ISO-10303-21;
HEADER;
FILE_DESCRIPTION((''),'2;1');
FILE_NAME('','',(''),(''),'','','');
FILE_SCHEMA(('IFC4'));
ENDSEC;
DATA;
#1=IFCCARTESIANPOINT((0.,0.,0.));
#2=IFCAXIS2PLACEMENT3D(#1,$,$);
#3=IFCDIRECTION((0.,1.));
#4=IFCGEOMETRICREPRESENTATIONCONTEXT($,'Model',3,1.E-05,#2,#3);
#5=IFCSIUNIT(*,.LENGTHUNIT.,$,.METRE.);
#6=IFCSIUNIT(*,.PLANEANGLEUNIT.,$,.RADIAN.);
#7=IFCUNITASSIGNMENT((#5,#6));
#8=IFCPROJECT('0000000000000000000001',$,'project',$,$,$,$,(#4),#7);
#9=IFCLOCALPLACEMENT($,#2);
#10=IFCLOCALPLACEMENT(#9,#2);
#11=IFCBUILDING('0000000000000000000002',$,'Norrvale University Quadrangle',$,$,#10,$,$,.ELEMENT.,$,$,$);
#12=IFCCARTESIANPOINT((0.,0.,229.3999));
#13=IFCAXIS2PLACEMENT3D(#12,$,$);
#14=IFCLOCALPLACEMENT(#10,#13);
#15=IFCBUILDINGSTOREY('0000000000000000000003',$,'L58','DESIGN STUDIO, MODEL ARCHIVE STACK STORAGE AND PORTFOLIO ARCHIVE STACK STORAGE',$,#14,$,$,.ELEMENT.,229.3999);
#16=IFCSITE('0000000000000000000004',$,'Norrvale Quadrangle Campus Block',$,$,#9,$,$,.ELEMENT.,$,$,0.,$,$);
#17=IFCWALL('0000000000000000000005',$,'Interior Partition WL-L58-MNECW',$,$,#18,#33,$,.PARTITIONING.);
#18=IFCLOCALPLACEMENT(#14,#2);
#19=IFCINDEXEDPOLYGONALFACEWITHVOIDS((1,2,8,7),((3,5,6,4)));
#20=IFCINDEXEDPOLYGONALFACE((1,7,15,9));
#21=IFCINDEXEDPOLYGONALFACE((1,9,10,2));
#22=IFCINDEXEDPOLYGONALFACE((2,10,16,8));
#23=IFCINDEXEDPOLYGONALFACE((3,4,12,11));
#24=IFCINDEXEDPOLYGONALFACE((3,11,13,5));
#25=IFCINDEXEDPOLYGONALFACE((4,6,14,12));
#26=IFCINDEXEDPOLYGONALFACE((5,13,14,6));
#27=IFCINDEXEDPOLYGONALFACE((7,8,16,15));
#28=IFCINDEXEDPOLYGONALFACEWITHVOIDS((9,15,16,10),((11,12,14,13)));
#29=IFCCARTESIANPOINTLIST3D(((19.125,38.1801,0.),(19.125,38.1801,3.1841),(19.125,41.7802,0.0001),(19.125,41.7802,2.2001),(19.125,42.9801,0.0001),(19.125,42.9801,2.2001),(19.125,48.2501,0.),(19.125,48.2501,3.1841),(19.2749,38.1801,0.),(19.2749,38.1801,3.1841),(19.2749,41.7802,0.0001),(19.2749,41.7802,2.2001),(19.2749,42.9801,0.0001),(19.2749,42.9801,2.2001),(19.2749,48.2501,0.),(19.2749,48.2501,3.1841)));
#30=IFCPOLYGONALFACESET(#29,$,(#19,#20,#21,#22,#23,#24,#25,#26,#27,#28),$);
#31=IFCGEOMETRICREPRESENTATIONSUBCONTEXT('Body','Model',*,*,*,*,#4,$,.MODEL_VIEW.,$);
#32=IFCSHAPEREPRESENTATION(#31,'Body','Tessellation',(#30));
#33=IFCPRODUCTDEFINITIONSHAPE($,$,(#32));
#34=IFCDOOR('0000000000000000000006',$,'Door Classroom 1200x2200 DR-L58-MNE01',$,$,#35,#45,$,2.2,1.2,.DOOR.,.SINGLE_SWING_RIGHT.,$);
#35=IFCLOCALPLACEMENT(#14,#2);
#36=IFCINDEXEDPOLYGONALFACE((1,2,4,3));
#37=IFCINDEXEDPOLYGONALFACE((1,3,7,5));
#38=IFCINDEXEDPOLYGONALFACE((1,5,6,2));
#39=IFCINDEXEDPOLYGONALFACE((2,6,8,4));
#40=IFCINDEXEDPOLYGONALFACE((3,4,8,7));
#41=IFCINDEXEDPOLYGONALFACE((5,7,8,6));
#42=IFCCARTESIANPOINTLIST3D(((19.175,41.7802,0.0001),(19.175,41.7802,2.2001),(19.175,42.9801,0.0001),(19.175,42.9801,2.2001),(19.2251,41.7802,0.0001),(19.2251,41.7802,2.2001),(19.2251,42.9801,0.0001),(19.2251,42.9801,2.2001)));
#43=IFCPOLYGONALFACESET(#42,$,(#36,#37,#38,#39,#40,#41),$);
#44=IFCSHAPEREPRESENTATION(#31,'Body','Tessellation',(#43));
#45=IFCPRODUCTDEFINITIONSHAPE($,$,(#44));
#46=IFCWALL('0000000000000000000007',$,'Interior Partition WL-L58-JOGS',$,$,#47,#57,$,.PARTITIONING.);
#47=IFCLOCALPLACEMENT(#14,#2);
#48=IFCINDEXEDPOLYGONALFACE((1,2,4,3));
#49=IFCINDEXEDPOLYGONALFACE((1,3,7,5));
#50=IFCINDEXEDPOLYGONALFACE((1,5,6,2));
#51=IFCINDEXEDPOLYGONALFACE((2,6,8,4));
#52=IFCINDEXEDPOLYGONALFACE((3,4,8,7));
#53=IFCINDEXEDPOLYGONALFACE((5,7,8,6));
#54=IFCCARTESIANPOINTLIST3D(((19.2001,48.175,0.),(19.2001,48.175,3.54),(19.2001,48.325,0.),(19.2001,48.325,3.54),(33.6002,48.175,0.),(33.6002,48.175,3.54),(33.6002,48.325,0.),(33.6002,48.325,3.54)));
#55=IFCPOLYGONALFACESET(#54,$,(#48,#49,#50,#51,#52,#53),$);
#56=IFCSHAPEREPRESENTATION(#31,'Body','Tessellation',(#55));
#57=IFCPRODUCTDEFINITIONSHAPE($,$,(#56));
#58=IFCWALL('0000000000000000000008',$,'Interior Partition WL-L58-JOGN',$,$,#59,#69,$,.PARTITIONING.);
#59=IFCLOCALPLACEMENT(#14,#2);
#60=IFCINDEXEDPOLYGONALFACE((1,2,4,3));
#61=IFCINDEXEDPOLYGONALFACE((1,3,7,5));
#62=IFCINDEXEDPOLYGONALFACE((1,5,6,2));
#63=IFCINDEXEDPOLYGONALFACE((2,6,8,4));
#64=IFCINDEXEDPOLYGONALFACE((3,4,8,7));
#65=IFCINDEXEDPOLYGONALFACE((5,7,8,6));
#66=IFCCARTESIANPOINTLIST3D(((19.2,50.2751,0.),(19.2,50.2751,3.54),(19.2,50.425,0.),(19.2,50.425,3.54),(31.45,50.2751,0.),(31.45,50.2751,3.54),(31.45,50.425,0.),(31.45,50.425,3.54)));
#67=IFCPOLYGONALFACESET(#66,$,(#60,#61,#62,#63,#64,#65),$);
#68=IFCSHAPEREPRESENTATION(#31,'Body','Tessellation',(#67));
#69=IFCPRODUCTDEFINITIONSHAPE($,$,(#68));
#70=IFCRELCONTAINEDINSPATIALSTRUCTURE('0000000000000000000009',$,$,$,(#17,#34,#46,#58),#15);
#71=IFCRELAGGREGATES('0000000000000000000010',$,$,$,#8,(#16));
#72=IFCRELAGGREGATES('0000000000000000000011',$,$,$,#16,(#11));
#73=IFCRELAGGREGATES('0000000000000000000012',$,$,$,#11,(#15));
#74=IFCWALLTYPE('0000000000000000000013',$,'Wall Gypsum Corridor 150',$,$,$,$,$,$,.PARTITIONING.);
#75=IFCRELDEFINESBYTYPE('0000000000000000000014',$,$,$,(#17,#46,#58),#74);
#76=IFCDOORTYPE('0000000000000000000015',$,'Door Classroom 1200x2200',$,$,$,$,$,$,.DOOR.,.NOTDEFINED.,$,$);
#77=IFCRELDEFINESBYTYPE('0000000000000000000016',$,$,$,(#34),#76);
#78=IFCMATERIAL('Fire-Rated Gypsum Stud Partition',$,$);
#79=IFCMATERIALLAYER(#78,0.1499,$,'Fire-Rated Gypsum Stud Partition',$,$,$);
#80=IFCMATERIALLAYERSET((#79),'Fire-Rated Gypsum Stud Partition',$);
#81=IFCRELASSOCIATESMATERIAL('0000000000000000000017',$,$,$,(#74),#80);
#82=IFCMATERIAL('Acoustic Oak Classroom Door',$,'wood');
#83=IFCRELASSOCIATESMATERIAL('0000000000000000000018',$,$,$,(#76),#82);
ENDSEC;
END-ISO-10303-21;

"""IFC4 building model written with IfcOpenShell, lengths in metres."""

from ifc_helpers import new_model, si_unit, direction, frame, frame_2d, origin, place, context, subcontext, project, spatial, rectangle, extrude, material, layer, layer_set, type_object, element, fill, save


model = new_model("IFC4")

# Units and contexts
model_context = context("Model", 3, precision=1e-05, world=origin(), true_north=direction((0.0, 1.0)))
body_context = subcontext(model_context, "Body", "Model", "MODEL_VIEW")
ifc_project = project(units=[si_unit("LENGTHUNIT", "METRE"), si_unit("PLANEANGLEUNIT", "RADIAN")], contexts=[model_context])

# Site, building, storey
site_placement = place(None, origin())
site = spatial("IfcSite", under=ifc_project, at=site_placement, Name="Norrvale Quadrangle Campus Block", CompositionType="ELEMENT", RefElevation=0.0)
building_placement = place(site_placement, origin())
building = spatial("IfcBuilding", under=site, at=building_placement, Name="Norrvale University Quadrangle", CompositionType="ELEMENT")
storey_placement = place(building_placement, frame((0.0, 0.0, 229.3999)))
storey = spatial("IfcBuildingStorey", under=building, at=storey_placement, Name="L58", Description="DESIGN STUDIO, MODEL ARCHIVE STACK STORAGE AND PORTFOLIO ARCHIVE STACK STORAGE", CompositionType="ELEMENT", Elevation=229.3999)

# Shared definitions
ifc_material_1 = material(Name="Fire-Rated Gypsum Stud Partition")
ifc_layer_1 = layer(ifc_material_1, 0.1499, Name="Fire-Rated Gypsum Stud Partition")
ifc_layer_set_1 = layer_set([ifc_layer_1], Name="Fire-Rated Gypsum Stud Partition")
wall_type_1 = type_object("IfcWallType", Name="Wall Gypsum Corridor 150", PredefinedType="PARTITIONING", material=ifc_layer_set_1)

# Wall, opening, door
wall_1_placement = place(storey_placement, frame((19.2, 38.1799, 0.0), z_axis=(0.0, 0.0, 1.0), x_axis=(0.0, 1.0, 0.0)))
wall_1 = element("IfcWall", 1, at=wall_1_placement, inside=storey, type_object=wall_type_1, Name="Interior Partition WL-L58-MNECW", PredefinedType="PARTITIONING", context=body_context, shape_type="SweptSolid", body=[
    extrude(rectangle(XDim=10.0701, YDim=0.1499, at=frame_2d((5.0352, 0.0))), origin(), (0.0, 0.0, 1.0), 3.1841),
])
opening_placement = place(wall_1_placement, frame((3.6001, 0.0, 0.0)))
opening = element("IfcOpeningElement", 2, at=opening_placement, cuts=wall_1, PredefinedType="OPENING", context=body_context, shape_type="SweptSolid", body=[
    extrude(rectangle(XDim=1.2, YDim=2.2, at=frame_2d((0.6001, 1.1001))), frame((0.0, 0.0869, 0.0), z_axis=(0.0, -1.0, 0.0), x_axis=(1.0, 0.0, 0.0)), (0.0, 0.0, 1.0), 0.1738),
])
ifc_material_2 = material(Name="Acoustic Oak Classroom Door", Category="wood")
door_type = type_object("IfcDoorType", Name="Door Classroom 1200x2200", OperationType="NOTDEFINED", PredefinedType="DOOR", material=ifc_material_2)
door_placement = place(opening_placement, origin())
door = element("IfcDoor", 3, at=door_placement, inside=storey, type_object=door_type, Name="Door Classroom 1200x2200 DR-L58-MNE01", OperationType="SINGLE_SWING_RIGHT", OverallHeight=2.2, OverallWidth=1.2, PredefinedType="DOOR", context=body_context, shape_type="SweptSolid", body=[
    extrude(rectangle(XDim=1.2, YDim=2.2, at=frame_2d((0.6001, 1.1001))), frame((0.0, 0.0249, 0.0), z_axis=(0.0, -1.0, 0.0), x_axis=(1.0, 0.0, 0.0)), (0.0, 0.0, 1.0), 0.05),
])
fill(opening, door)

# Walls
wall_2_placement = place(storey_placement, frame((19.2, 48.25, 0.0), z_axis=(0.0, 0.0, 1.0), x_axis=(1.0, 0.0, 0.0)))
element("IfcWall", 4, at=wall_2_placement, inside=storey, type_object=wall_type_1, Name="Interior Partition WL-L58-JOGS", PredefinedType="PARTITIONING", context=body_context, shape_type="SweptSolid", body=[
    extrude(rectangle(XDim=14.4001, YDim=0.1499, at=frame_2d((7.2002, 0.0))), origin(), (0.0, 0.0, 1.0), 3.54),
])
wall_3_placement = place(storey_placement, frame((19.2, 50.3501, 0.0), z_axis=(0.0, 0.0, 1.0), x_axis=(1.0, 0.0, 0.0)))
element("IfcWall", 5, at=wall_3_placement, inside=storey, type_object=wall_type_1, Name="Interior Partition WL-L58-JOGN", PredefinedType="PARTITIONING", context=body_context, shape_type="SweptSolid", body=[
    extrude(rectangle(XDim=12.25, YDim=0.1499, at=frame_2d((6.125, 0.0))), origin(), (0.0, 0.0, 1.0), 3.54),
])

save(model, "model.ifc")
